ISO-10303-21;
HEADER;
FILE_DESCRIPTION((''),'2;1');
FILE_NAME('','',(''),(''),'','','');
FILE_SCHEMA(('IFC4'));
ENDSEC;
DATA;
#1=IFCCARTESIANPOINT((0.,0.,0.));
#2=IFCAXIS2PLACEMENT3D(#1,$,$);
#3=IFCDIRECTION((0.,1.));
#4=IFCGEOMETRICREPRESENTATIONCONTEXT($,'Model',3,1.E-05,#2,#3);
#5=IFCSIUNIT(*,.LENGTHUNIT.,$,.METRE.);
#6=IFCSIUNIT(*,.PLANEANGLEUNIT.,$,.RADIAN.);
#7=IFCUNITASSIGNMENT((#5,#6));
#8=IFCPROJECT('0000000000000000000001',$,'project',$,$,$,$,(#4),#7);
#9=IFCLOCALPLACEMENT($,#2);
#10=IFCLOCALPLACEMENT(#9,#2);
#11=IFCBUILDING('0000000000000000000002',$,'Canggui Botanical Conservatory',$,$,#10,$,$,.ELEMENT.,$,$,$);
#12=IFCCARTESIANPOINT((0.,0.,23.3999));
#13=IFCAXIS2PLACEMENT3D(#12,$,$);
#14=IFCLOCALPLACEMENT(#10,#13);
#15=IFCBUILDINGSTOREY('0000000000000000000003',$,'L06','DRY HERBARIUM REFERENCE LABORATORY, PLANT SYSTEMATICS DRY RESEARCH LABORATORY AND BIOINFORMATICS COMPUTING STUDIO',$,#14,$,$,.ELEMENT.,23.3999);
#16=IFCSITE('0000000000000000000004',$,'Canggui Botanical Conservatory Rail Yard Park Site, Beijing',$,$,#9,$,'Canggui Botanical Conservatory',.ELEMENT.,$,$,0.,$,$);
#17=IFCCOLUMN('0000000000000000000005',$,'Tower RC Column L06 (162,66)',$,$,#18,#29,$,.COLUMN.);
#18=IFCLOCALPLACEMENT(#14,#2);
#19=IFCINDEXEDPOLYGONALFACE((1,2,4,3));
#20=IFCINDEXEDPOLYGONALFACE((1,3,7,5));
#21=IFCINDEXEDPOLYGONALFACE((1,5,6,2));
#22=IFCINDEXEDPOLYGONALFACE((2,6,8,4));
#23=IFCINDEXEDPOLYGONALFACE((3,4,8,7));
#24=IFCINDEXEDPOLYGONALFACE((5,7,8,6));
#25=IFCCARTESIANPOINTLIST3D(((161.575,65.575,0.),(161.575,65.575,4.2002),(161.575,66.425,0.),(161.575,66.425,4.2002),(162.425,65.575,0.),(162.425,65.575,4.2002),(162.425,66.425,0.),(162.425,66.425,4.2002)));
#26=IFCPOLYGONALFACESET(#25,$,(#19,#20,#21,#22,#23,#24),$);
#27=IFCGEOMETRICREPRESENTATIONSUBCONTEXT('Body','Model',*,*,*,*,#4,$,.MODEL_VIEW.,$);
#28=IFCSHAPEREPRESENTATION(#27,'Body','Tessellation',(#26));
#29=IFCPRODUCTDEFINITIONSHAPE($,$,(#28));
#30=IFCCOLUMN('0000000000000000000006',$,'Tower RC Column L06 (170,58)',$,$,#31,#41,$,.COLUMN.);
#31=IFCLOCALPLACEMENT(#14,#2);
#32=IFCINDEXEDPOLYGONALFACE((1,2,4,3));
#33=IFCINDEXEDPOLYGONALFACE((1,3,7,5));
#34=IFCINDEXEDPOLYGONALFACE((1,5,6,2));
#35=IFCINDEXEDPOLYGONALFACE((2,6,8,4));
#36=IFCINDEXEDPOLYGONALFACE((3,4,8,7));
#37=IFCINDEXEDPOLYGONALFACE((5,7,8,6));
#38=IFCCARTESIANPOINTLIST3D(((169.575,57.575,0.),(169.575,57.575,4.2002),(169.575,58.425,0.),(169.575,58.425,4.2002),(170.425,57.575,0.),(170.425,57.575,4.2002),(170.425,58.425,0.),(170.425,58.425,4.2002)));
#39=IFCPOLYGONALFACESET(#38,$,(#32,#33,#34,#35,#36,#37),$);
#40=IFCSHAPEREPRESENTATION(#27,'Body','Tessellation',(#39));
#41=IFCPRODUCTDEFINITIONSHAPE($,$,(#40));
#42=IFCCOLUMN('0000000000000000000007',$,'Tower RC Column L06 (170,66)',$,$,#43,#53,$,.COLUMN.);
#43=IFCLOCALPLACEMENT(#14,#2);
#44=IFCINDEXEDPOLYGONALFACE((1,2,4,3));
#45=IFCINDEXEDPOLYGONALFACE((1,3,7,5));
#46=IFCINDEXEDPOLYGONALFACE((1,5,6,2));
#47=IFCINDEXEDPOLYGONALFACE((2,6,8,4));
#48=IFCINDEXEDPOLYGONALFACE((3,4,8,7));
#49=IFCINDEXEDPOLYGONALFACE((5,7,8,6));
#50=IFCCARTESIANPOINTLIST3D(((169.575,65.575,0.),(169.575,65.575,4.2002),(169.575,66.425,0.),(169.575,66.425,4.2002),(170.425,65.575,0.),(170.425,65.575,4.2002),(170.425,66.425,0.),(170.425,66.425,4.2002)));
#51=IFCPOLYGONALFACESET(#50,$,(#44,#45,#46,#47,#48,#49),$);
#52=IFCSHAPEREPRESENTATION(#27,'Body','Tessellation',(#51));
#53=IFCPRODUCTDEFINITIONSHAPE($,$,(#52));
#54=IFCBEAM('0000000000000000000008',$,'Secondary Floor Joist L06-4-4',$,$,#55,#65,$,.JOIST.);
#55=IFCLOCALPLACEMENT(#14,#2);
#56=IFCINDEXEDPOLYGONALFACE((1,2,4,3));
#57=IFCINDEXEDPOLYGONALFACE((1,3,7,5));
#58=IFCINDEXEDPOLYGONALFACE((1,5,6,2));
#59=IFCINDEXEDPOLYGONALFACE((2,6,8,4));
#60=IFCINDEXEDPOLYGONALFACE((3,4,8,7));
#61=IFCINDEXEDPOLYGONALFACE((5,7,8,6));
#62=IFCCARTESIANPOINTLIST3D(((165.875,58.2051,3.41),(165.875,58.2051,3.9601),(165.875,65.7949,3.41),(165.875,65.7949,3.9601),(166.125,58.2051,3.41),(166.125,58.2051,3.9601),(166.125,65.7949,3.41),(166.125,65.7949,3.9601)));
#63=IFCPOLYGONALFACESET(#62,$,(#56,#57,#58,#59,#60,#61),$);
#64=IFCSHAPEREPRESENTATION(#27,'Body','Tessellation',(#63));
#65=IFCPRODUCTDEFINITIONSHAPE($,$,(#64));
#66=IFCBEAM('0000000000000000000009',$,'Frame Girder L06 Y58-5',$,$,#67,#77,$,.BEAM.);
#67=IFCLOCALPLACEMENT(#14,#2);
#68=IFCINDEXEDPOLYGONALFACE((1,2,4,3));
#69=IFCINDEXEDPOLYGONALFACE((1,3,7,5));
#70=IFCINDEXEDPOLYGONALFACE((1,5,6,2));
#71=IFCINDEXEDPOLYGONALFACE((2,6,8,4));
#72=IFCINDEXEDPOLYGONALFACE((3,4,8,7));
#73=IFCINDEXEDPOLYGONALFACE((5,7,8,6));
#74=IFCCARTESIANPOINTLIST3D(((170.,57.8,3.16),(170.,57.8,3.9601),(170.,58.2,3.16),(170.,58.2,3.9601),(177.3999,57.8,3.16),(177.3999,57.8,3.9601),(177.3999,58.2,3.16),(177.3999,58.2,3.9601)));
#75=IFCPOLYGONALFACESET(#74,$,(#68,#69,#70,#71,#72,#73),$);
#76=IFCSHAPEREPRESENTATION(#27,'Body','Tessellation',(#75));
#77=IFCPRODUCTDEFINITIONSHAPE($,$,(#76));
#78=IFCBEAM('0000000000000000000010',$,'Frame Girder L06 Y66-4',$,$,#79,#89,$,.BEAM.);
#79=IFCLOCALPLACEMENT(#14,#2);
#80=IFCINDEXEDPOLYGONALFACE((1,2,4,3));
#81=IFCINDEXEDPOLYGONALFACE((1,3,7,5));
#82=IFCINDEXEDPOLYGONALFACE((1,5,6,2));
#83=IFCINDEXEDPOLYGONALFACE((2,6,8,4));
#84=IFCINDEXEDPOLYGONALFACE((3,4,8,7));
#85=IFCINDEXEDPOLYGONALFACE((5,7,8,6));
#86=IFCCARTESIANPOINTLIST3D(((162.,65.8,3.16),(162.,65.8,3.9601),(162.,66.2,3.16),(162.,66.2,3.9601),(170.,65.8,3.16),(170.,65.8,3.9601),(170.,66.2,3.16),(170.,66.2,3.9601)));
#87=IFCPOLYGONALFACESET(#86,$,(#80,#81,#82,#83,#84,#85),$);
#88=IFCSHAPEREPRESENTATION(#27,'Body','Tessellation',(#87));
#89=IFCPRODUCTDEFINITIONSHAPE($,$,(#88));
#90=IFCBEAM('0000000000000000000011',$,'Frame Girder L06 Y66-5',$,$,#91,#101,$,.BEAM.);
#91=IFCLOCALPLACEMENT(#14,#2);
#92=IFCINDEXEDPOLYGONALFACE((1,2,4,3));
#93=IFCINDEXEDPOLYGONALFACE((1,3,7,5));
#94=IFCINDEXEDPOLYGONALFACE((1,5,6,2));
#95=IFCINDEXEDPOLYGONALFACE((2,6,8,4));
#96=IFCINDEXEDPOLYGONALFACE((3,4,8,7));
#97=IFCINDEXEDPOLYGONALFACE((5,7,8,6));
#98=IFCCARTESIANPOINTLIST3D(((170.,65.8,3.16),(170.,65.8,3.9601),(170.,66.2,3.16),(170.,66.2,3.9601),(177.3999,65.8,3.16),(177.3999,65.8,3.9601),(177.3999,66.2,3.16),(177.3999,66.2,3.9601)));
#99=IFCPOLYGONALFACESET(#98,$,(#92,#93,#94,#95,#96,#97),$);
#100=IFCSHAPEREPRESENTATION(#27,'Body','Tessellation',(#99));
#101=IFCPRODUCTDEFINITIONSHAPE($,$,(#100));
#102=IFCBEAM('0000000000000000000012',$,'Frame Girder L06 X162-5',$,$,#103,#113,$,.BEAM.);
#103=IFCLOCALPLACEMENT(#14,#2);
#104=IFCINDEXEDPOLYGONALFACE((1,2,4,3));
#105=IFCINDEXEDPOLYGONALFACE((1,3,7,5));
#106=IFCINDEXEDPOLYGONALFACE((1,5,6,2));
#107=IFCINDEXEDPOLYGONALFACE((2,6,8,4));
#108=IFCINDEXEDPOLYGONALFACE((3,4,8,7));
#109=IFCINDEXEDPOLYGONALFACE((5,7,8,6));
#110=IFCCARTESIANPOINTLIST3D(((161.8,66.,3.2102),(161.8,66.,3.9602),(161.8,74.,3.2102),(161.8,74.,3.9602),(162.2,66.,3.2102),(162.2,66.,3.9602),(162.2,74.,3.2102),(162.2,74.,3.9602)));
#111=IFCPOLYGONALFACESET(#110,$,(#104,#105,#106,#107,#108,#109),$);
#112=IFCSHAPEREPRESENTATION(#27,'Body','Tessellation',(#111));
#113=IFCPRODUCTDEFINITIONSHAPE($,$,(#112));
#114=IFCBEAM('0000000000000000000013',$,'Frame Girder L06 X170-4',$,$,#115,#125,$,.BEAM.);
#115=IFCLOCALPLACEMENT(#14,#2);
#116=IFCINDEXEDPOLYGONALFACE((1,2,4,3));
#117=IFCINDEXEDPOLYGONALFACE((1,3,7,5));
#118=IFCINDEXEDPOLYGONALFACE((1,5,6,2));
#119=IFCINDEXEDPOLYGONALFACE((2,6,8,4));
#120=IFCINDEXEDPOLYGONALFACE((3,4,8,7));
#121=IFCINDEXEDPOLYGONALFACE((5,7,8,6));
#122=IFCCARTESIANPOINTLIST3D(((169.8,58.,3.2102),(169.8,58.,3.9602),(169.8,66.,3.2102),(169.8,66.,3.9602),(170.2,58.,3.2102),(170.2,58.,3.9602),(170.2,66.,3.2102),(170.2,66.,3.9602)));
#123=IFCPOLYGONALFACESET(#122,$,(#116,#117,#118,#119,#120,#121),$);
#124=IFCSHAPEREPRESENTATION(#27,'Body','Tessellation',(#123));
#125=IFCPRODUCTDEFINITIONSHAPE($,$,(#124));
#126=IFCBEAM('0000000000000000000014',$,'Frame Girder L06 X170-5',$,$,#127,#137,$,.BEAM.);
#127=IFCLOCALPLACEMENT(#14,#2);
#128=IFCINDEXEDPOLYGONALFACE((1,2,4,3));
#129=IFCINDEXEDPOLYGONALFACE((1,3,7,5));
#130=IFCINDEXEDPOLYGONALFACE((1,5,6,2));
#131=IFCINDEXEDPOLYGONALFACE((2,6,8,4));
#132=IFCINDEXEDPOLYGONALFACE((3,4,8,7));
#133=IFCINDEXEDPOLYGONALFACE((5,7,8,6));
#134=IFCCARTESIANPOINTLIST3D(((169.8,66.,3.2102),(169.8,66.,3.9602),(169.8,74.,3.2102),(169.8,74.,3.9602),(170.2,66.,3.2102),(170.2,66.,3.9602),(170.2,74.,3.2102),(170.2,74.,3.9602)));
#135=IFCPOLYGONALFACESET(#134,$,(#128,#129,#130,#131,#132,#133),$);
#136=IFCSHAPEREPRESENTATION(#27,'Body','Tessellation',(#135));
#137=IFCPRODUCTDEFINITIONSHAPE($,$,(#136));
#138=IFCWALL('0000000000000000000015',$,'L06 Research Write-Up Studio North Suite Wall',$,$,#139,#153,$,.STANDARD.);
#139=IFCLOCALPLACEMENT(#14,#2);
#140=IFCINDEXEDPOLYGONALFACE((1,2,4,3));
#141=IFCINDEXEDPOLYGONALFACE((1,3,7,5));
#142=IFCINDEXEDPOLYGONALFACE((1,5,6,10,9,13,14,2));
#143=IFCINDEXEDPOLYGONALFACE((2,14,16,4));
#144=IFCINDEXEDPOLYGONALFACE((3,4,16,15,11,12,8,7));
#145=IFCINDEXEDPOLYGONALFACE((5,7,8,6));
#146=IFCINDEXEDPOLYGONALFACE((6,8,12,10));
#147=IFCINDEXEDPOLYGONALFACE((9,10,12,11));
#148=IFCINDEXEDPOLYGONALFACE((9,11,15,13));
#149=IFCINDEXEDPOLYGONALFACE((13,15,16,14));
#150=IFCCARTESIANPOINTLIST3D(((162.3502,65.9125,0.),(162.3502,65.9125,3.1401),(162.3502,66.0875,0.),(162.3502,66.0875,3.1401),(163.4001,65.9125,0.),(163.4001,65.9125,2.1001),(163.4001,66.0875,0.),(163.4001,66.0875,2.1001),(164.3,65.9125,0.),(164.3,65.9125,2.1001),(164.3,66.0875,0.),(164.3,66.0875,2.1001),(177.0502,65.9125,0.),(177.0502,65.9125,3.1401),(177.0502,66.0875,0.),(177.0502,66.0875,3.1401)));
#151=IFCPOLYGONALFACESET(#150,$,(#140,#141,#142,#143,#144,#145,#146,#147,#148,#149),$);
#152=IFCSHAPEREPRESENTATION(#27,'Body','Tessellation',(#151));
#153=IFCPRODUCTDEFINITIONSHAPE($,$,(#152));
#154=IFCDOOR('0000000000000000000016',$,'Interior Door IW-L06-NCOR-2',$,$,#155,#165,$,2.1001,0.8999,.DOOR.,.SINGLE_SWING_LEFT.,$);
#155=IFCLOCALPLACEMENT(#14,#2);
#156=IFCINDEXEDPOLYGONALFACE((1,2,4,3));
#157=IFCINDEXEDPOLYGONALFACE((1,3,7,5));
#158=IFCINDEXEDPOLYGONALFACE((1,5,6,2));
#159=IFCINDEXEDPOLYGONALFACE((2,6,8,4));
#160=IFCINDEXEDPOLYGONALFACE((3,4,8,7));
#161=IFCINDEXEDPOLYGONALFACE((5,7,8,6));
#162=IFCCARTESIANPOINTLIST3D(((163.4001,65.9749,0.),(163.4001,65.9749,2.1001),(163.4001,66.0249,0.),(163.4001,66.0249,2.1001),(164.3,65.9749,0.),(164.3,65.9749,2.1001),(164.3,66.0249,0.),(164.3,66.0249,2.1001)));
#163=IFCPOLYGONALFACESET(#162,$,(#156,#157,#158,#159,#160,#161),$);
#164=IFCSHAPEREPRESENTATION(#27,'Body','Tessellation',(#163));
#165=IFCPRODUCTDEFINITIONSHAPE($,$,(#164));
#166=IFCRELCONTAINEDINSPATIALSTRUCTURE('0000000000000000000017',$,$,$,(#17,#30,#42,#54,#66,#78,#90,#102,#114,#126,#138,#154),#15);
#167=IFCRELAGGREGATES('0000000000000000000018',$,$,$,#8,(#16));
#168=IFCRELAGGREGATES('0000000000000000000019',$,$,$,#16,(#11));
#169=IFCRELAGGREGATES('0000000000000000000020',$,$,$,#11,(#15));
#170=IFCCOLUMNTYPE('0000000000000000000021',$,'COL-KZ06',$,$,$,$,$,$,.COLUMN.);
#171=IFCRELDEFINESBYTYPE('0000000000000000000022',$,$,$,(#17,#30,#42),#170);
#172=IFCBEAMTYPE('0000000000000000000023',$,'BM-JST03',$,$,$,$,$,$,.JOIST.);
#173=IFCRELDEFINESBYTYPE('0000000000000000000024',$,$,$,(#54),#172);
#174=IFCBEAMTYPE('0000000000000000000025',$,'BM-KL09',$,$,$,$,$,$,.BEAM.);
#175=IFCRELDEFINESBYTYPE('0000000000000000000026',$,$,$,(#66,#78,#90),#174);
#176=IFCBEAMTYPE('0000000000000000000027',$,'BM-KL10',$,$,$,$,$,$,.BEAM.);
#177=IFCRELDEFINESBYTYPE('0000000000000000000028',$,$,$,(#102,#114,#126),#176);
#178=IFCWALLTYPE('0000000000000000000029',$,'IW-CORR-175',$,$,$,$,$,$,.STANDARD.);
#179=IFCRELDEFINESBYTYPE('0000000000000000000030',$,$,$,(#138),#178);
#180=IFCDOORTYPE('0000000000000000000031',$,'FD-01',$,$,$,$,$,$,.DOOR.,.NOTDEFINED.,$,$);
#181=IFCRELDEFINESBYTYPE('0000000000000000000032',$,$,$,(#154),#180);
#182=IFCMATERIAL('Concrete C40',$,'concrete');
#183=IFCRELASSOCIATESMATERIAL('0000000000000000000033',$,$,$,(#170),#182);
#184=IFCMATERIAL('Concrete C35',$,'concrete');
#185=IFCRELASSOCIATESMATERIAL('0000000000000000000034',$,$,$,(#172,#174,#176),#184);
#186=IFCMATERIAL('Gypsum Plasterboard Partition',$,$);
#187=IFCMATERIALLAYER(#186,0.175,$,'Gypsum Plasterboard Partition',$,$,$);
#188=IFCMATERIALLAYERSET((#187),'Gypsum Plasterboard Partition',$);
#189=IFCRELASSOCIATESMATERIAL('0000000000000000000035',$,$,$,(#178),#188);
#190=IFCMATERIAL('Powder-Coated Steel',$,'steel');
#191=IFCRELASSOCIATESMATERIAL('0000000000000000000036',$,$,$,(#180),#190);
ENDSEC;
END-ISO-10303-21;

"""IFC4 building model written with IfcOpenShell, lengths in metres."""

from ifc_helpers import new_model, si_unit, direction, frame, frame_2d, origin, origin_2d, place, context, subcontext, project, spatial, rectangle, extrude, material, layer, layer_set, material_profile, profile_set, type_object, element, fill, save


model = new_model("IFC4")

# Units and contexts
model_context = context("Model", 3, precision=1e-05, world=origin(), true_north=direction((0.0, 1.0)))
body_context = subcontext(model_context, "Body", "Model", "MODEL_VIEW")
ifc_project = project(units=[si_unit("LENGTHUNIT", "METRE"), si_unit("PLANEANGLEUNIT", "RADIAN")], contexts=[model_context])

# Site, building, storey
site_placement = place(None, origin())
site = spatial("IfcSite", under=ifc_project, at=site_placement, Name="Canggui Botanical Conservatory Rail Yard Park Site, Beijing", LongName="Canggui Botanical Conservatory", CompositionType="ELEMENT", RefElevation=0.0)
building_placement = place(site_placement, origin())
building = spatial("IfcBuilding", under=site, at=building_placement, Name="Canggui Botanical Conservatory", CompositionType="ELEMENT")
storey_placement = place(building_placement, frame((0.0, 0.0, 23.3999)))
storey = spatial("IfcBuildingStorey", under=building, at=storey_placement, Name="L06", Description="DRY HERBARIUM REFERENCE LABORATORY, PLANT SYSTEMATICS DRY RESEARCH LABORATORY AND BIOINFORMATICS COMPUTING STUDIO", CompositionType="ELEMENT", Elevation=23.3999)

# Columns
ifc_material_1 = material(Name="Concrete C40", Category="concrete")
ifc_material_profile_1 = material_profile(ifc_material_1, rectangle(XDim=0.8501, YDim=0.8501, at=origin_2d()), Name="RC 850x850")
ifc_profile_set_1 = profile_set([ifc_material_profile_1], Name="Concrete C40")
column_type = type_object("IfcColumnType", Name="COL-KZ06", PredefinedType="COLUMN", material=ifc_profile_set_1)
for number, where, z_axis, x_axis, name in (
    (1, (162.0, 66.0, 0.0), (0.0, 0.0, 1.0), (1.0, 0.0, 0.0), "Tower RC Column L06 (162,66)"),
    (2, (170.0, 58.0, 0.0), (0.0, 0.0, 1.0), (1.0, 0.0, 0.0), "Tower RC Column L06 (170,58)"),
    (3, (170.0, 66.0, 0.0), (0.0, 0.0, 1.0), (1.0, 0.0, 0.0), "Tower RC Column L06 (170,66)"),
):
    element("IfcColumn", number, at=place(storey_placement, frame(where, z_axis=z_axis, x_axis=x_axis)), inside=storey, type_object=column_type, Name=name, PredefinedType="COLUMN", context=body_context, shape_type="SweptSolid", body=[
        extrude(rectangle(XDim=0.8501, YDim=0.8501, at=origin_2d()), origin(), (0.0, 0.0, 1.0), 4.2002),
    ])

# Beams
ifc_material_2 = material(Name="Concrete C35", Category="concrete")
ifc_material_profile_2 = material_profile(ifc_material_2, rectangle(XDim=0.25, YDim=0.55, at=origin_2d()), Name="RB 250x550")
ifc_profile_set_2 = profile_set([ifc_material_profile_2], Name="Concrete C35")
beam_type_1 = type_object("IfcBeamType", Name="BM-JST03", PredefinedType="JOIST", material=ifc_profile_set_2)
beam_1_placement = place(storey_placement, frame((166.0, 58.2051, 3.6851), z_axis=(0.0, 1.0, 0.0), x_axis=(-1.0, 0.0, 0.0)))
element("IfcBeam", 4, at=beam_1_placement, inside=storey, type_object=beam_type_1, Name="Secondary Floor Joist L06-4-4", PredefinedType="JOIST", context=body_context, shape_type="SweptSolid", body=[
    extrude(rectangle(XDim=0.25, YDim=0.55, at=origin_2d()), origin(), (0.0, 0.0, 1.0), 7.5898),
])
ifc_material_profile_3 = material_profile(ifc_material_2, rectangle(XDim=0.3999, YDim=0.8, at=origin_2d()), Name="RB 400x800")
ifc_profile_set_3 = profile_set([ifc_material_profile_3], Name="Concrete C35")
beam_type_2 = type_object("IfcBeamType", Name="BM-KL09", PredefinedType="BEAM", material=ifc_profile_set_3)
beam_2_placement = place(storey_placement, frame((170.0, 58.0, 3.5601), z_axis=(1.0, 0.0, 0.0), x_axis=(0.0, 1.0, 0.0)))
element("IfcBeam", 5, at=beam_2_placement, inside=storey, type_object=beam_type_2, Name="Frame Girder L06 Y58-5", PredefinedType="BEAM", context=body_context, shape_type="SweptSolid", body=[
    extrude(rectangle(XDim=0.3999, YDim=0.8, at=origin_2d()), origin(), (0.0, 0.0, 1.0), 7.3999),
])
beam_3_placement = place(storey_placement, frame((162.0, 66.0, 3.5601), z_axis=(1.0, 0.0, 0.0), x_axis=(0.0, 1.0, 0.0)))
element("IfcBeam", 6, at=beam_3_placement, inside=storey, type_object=beam_type_2, Name="Frame Girder L06 Y66-4", PredefinedType="BEAM", context=body_context, shape_type="SweptSolid", body=[
    extrude(rectangle(XDim=0.3999, YDim=0.8, at=origin_2d()), origin(), (0.0, 0.0, 1.0), 8.0),
])
beam_4_placement = place(storey_placement, frame((170.0, 66.0, 3.5601), z_axis=(1.0, 0.0, 0.0), x_axis=(0.0, 1.0, 0.0)))
element("IfcBeam", 7, at=beam_4_placement, inside=storey, type_object=beam_type_2, Name="Frame Girder L06 Y66-5", PredefinedType="BEAM", context=body_context, shape_type="SweptSolid", body=[
    extrude(rectangle(XDim=0.3999, YDim=0.8, at=origin_2d()), origin(), (0.0, 0.0, 1.0), 7.3999),
])
ifc_material_profile_4 = material_profile(ifc_material_2, rectangle(XDim=0.3999, YDim=0.75, at=origin_2d()), Name="RB 400x750")
ifc_profile_set_4 = profile_set([ifc_material_profile_4], Name="Concrete C35")
beam_type_3 = type_object("IfcBeamType", Name="BM-KL10", PredefinedType="BEAM", material=ifc_profile_set_4)
for number, where, z_axis, x_axis, name in (
    (8, (162.0, 66.0, 3.5852), (0.0, 1.0, 0.0), (-1.0, 0.0, 0.0), "Frame Girder L06 X162-5"),
    (9, (170.0, 58.0, 3.5852), (0.0, 1.0, 0.0), (-1.0, 0.0, 0.0), "Frame Girder L06 X170-4"),
    (10, (170.0, 66.0, 3.5852), (0.0, 1.0, 0.0), (-1.0, 0.0, 0.0), "Frame Girder L06 X170-5"),
):
    element("IfcBeam", number, at=place(storey_placement, frame(where, z_axis=z_axis, x_axis=x_axis)), inside=storey, type_object=beam_type_3, Name=name, PredefinedType="BEAM", context=body_context, shape_type="SweptSolid", body=[
        extrude(rectangle(XDim=0.3999, YDim=0.75, at=origin_2d()), origin(), (0.0, 0.0, 1.0), 8.0),
    ])

# Wall, opening, door
ifc_material_3 = material(Name="Gypsum Plasterboard Partition")
ifc_layer_1 = layer(ifc_material_3, 0.175, Name="Gypsum Plasterboard Partition")
ifc_layer_set_1 = layer_set([ifc_layer_1], Name="Gypsum Plasterboard Partition")
wall_type_1 = type_object("IfcWallType", Name="IW-CORR-175", PredefinedType="STANDARD", material=ifc_layer_set_1)
wall_1_placement = place(storey_placement, frame((162.3501, 66.0, 0.0), z_axis=(0.0, 0.0, 1.0), x_axis=(1.0, 0.0, 0.0)))
wall_1 = element("IfcWall", 11, at=wall_1_placement, inside=storey, type_object=wall_type_1, Name="L06 Research Write-Up Studio North Suite Wall", PredefinedType="STANDARD", context=body_context, shape_type="SweptSolid", body=[
    extrude(rectangle(XDim=14.7, YDim=0.175, at=frame_2d((7.3501, 0.0))), origin(), (0.0, 0.0, 1.0), 3.1401),
])
opening_1_placement = place(wall_1_placement, frame((1.05, 0.0, 0.0)))
opening_1 = element("IfcOpeningElement", 12, at=opening_1_placement, cuts=wall_1, PredefinedType="OPENING", context=body_context, shape_type="SweptSolid", body=[
    extrude(rectangle(XDim=0.8999, YDim=2.1001, at=frame_2d((0.45, 1.05))), frame((0.0, 0.0977, 0.0), z_axis=(0.0, -1.0, 0.0), x_axis=(1.0, 0.0, 0.0)), (0.0, 0.0, 1.0), 0.1951),
])
ifc_material_4 = material(Name="Powder-Coated Steel", Category="steel")
door_type_1 = type_object("IfcDoorType", Name="FD-01", OperationType="NOTDEFINED", PredefinedType="DOOR", material=ifc_material_4)
door_1_placement = place(opening_1_placement, origin())
door_1 = element("IfcDoor", 13, at=door_1_placement, inside=storey, type_object=door_type_1, Name="Interior Door IW-L06-NCOR-2", OperationType="SINGLE_SWING_LEFT", OverallHeight=2.1001, OverallWidth=0.8999, PredefinedType="DOOR", context=body_context, shape_type="SweptSolid", body=[
    extrude(rectangle(XDim=0.8999, YDim=2.1001, at=frame_2d((0.45, 1.05))), frame((0.0, 0.0249, 0.0), z_axis=(0.0, -1.0, 0.0), x_axis=(1.0, 0.0, 0.0)), (0.0, 0.0, 1.0), 0.05),
])
fill(opening_1, door_1)

save(model, "model.ifc")
